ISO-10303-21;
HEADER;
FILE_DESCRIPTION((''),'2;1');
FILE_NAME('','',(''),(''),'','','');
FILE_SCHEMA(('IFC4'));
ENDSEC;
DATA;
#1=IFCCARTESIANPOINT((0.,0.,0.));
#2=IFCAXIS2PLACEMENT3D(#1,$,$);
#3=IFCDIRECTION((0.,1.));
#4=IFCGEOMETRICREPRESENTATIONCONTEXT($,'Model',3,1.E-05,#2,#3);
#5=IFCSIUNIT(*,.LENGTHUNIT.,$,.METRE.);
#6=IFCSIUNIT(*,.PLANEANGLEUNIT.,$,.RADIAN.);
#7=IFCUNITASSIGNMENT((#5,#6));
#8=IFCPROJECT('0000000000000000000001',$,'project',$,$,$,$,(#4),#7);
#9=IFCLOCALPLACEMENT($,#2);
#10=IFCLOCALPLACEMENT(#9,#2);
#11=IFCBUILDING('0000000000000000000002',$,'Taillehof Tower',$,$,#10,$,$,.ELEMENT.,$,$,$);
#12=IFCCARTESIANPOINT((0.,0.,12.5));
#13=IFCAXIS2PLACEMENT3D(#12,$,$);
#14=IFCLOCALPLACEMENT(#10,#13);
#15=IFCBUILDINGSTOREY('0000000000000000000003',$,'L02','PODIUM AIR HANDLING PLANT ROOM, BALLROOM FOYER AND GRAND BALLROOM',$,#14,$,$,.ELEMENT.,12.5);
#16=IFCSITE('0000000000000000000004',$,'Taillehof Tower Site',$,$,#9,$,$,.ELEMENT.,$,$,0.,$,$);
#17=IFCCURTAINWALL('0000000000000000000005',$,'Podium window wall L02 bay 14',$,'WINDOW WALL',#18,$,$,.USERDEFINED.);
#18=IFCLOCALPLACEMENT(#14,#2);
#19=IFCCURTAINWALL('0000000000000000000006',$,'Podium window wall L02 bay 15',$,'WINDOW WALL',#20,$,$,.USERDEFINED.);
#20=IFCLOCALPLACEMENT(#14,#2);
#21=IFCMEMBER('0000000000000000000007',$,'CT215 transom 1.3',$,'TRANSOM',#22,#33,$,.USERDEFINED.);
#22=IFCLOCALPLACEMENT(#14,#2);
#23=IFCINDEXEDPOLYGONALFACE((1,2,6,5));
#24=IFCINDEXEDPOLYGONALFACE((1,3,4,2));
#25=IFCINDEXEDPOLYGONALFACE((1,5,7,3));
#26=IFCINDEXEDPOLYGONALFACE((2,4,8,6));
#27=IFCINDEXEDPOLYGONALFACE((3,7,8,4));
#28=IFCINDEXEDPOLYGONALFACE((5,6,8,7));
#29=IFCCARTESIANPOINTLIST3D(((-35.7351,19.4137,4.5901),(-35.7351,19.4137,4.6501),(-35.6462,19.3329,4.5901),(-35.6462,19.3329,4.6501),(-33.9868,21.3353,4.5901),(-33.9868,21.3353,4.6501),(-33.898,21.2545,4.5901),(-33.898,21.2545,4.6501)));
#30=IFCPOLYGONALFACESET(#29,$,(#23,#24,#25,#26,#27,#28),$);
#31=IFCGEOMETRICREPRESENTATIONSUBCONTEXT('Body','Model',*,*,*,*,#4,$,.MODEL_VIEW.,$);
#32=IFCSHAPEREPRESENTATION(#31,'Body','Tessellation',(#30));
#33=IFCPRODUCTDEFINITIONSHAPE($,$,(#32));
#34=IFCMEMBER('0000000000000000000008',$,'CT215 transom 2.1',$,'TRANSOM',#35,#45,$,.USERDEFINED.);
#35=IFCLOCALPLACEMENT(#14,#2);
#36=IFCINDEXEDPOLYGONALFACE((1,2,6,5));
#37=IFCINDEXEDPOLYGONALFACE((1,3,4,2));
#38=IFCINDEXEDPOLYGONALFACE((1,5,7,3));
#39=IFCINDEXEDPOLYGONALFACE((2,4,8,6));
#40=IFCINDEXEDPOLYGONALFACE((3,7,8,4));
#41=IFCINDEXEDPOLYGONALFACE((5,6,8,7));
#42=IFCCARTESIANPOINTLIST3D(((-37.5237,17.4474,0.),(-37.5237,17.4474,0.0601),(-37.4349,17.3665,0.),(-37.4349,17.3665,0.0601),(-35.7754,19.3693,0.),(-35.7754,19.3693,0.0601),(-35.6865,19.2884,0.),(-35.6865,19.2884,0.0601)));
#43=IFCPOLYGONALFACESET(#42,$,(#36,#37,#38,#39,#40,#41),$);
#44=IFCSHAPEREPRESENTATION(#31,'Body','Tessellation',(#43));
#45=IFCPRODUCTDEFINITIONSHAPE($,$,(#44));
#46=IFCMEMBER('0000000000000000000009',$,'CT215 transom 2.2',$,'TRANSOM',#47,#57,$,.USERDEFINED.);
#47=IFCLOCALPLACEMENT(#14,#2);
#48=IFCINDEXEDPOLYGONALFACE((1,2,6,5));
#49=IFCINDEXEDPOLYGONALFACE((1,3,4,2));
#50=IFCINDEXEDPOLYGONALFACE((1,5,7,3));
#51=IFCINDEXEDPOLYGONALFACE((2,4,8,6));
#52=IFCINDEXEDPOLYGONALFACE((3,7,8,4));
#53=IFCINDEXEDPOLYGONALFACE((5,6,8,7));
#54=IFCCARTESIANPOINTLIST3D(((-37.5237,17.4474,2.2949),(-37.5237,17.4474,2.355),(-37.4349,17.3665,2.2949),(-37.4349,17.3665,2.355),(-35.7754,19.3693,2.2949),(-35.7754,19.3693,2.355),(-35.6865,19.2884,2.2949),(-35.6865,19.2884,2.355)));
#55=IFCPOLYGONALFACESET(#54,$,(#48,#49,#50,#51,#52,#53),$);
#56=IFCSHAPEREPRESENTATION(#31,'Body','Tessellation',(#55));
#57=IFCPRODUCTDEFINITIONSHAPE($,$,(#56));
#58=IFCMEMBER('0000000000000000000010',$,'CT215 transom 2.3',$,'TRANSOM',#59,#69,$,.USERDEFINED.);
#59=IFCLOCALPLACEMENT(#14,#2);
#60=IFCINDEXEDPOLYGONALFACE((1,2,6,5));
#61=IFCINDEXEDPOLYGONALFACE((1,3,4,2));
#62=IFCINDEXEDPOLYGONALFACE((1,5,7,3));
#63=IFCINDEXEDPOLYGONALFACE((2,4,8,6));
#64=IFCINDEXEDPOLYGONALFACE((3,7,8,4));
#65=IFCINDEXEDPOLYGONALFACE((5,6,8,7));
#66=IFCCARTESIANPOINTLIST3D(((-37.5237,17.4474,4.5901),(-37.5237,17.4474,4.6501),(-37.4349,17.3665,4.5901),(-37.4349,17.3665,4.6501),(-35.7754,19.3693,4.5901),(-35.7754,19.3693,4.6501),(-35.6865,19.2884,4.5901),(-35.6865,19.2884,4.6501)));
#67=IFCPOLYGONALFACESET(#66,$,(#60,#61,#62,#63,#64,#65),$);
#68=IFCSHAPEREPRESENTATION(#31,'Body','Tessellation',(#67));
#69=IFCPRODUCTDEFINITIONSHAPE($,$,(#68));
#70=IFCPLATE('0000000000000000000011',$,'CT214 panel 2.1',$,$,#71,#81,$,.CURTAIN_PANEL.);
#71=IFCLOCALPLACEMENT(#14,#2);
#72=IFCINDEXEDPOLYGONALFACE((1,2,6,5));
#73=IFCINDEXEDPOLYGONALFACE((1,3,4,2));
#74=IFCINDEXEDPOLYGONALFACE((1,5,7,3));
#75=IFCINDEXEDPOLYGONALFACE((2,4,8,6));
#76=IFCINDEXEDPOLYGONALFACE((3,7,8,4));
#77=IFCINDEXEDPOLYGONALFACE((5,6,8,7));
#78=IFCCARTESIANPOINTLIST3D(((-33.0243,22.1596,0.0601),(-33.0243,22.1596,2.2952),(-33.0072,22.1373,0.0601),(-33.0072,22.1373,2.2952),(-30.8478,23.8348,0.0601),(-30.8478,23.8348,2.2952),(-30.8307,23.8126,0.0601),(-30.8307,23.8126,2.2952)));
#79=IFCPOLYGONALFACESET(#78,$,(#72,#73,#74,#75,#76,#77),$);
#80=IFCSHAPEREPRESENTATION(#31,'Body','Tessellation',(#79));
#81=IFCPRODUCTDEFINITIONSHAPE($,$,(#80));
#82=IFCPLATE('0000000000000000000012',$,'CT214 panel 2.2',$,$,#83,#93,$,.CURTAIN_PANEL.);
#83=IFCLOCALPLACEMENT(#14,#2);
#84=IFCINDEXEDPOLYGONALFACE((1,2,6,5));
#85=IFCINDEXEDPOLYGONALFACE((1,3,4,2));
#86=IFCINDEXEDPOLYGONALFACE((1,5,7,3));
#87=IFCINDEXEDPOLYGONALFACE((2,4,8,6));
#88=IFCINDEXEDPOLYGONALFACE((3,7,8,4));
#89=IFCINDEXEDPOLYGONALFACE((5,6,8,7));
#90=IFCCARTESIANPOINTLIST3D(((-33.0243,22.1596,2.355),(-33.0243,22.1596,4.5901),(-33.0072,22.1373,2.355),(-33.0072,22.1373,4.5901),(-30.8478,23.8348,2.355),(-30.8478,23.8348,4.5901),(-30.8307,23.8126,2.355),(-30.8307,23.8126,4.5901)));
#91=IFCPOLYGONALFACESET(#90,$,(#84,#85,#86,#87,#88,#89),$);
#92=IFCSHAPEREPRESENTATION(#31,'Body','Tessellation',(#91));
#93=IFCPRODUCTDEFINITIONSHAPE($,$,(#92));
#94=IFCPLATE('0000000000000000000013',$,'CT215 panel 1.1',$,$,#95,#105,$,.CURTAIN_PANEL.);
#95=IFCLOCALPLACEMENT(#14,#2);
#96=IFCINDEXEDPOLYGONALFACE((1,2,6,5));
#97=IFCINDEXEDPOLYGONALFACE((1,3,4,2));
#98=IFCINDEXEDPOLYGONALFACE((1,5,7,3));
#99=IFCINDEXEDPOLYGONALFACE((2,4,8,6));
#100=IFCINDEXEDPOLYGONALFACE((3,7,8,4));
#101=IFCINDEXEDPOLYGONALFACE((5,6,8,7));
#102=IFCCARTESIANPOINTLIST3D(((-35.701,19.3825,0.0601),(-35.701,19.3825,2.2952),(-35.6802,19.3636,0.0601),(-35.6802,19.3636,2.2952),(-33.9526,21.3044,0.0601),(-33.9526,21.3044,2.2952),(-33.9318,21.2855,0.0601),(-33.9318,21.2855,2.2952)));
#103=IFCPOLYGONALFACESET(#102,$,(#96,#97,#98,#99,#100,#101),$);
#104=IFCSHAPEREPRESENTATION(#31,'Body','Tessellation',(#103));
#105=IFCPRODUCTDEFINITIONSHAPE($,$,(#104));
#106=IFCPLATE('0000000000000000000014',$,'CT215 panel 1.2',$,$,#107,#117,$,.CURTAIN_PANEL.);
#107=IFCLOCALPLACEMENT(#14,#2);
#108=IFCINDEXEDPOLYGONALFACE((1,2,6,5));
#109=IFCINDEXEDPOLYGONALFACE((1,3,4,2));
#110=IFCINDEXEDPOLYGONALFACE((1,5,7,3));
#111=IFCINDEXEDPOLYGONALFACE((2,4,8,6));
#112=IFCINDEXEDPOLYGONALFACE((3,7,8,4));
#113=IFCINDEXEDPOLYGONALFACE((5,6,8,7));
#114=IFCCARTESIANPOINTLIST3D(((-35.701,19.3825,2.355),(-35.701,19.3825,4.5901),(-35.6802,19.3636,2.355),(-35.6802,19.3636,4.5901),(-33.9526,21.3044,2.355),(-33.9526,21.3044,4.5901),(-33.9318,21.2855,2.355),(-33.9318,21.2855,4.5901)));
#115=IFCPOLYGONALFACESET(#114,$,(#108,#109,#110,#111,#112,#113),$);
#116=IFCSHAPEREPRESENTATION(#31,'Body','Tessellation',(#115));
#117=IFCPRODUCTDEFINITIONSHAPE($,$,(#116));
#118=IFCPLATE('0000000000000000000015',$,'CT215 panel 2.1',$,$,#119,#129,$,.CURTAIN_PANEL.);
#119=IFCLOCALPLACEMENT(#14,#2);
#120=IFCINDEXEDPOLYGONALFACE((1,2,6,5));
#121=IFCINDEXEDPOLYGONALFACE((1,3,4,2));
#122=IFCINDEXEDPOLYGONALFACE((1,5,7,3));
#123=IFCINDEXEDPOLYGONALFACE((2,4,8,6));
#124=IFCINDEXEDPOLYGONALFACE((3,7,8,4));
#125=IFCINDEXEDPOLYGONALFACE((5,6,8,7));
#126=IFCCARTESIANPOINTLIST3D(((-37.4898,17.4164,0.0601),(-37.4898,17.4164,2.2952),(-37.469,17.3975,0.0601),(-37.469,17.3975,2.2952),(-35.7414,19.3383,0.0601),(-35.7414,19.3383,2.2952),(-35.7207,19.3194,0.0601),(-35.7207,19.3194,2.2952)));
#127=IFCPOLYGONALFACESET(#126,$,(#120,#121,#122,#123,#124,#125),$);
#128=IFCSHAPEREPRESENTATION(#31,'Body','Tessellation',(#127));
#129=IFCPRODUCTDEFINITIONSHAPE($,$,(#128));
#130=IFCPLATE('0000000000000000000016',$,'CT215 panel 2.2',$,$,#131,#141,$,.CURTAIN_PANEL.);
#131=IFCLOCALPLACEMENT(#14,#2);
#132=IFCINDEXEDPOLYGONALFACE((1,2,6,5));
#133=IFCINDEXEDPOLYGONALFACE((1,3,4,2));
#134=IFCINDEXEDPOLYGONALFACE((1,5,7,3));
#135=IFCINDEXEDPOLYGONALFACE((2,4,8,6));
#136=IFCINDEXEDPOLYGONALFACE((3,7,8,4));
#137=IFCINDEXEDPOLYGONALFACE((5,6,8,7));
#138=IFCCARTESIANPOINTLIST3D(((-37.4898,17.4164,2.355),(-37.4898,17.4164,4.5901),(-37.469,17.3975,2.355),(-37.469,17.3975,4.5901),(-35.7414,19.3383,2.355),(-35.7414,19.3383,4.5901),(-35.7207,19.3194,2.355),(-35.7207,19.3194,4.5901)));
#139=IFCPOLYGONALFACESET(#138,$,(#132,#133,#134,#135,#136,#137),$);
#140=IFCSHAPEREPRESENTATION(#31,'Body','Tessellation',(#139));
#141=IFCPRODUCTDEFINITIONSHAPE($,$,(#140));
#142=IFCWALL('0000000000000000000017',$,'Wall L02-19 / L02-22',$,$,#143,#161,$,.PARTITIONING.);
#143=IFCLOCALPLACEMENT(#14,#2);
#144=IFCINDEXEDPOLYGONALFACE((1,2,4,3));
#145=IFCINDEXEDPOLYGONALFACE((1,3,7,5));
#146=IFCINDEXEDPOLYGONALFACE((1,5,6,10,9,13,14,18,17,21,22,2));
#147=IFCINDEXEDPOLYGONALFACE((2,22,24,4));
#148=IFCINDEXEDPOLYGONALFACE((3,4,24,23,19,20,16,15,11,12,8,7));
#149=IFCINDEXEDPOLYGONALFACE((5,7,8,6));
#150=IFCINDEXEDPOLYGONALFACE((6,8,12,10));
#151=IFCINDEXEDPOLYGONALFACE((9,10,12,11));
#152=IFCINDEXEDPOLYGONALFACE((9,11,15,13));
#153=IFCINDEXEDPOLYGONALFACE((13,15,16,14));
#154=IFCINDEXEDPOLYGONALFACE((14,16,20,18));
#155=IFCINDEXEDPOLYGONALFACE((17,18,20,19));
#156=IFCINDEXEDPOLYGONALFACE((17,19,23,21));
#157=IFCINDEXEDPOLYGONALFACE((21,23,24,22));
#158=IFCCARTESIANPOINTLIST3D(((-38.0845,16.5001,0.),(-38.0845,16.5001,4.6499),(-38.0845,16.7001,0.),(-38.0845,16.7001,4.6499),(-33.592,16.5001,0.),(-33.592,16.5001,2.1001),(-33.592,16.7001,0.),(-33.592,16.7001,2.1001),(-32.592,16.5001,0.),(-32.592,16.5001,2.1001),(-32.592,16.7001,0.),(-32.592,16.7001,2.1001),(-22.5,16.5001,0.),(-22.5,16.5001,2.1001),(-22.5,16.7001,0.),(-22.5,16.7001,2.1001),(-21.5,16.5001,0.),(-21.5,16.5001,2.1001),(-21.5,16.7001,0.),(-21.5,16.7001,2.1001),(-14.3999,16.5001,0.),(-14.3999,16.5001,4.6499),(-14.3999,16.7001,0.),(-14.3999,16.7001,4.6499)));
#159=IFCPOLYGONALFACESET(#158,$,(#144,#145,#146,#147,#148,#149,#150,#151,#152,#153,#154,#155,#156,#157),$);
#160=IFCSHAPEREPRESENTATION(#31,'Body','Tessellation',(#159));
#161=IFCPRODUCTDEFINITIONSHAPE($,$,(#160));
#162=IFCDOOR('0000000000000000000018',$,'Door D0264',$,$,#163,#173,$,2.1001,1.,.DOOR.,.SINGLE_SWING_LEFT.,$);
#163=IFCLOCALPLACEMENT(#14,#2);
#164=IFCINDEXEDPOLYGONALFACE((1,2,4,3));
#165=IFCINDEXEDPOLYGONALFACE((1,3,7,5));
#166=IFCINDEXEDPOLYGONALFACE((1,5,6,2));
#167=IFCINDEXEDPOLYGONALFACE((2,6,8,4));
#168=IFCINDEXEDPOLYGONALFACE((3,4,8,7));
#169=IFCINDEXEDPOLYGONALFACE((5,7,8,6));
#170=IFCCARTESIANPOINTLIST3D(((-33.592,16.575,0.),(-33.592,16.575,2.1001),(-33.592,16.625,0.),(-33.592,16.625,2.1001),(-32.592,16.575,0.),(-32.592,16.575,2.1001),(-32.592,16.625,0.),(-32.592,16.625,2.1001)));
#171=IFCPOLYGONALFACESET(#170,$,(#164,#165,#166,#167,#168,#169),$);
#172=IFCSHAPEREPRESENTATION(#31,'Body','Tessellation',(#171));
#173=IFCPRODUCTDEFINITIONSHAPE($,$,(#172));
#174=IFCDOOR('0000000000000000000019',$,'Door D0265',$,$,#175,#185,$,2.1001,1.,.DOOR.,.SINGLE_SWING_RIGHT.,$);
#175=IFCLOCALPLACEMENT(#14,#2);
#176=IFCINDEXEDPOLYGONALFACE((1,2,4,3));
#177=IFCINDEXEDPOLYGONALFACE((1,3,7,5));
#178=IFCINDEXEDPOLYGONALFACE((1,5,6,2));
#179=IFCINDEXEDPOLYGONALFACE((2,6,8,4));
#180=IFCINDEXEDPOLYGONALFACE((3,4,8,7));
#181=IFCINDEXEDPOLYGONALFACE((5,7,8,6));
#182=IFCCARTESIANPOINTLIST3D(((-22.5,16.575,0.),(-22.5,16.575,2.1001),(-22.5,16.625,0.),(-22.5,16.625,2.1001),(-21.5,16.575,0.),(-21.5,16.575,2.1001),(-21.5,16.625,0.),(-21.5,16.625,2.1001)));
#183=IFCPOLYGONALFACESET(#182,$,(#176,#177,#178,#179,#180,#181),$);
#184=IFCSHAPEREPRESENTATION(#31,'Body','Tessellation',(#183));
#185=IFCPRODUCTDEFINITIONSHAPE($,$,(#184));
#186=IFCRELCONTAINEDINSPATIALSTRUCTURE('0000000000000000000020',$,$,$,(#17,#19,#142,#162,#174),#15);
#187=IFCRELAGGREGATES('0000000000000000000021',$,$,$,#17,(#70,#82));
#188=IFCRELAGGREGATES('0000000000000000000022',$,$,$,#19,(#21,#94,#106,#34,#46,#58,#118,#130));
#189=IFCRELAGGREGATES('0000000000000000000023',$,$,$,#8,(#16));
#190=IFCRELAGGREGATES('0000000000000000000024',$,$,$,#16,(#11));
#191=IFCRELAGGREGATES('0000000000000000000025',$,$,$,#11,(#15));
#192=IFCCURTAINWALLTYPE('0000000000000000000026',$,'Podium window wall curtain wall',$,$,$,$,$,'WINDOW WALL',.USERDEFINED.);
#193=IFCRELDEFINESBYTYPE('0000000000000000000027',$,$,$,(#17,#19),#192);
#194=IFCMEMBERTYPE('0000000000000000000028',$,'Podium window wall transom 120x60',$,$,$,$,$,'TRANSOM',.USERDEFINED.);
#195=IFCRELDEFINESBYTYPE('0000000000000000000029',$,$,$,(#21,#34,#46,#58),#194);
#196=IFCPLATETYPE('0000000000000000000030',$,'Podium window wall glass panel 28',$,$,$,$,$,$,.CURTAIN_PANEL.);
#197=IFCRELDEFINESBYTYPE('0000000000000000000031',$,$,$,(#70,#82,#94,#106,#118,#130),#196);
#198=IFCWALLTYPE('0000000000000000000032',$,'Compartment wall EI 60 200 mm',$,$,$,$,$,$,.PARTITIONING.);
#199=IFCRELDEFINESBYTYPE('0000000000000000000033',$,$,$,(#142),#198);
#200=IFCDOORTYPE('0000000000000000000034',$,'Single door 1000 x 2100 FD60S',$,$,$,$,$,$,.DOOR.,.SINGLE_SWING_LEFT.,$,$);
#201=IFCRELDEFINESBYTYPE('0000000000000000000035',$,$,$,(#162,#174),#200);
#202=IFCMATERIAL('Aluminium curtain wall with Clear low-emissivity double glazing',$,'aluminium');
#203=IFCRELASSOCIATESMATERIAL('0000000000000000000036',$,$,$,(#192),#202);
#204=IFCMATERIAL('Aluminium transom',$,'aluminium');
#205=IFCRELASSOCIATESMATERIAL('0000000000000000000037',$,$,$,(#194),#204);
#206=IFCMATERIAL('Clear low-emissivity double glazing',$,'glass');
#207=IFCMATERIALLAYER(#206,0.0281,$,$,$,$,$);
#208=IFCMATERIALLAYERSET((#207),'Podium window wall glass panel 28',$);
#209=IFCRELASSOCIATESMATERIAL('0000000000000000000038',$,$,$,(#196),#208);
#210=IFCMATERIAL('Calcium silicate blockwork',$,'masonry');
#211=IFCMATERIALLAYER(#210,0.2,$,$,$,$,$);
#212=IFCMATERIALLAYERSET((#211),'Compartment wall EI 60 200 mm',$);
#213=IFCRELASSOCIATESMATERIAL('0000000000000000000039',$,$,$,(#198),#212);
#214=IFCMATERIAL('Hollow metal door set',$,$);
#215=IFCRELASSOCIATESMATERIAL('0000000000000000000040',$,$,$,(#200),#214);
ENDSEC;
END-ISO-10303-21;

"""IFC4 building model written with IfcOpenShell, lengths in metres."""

from ifc_helpers import new_model, si_unit, direction, frame, frame_2d, origin, origin_2d, place, context, subcontext, project, spatial, rectangle, extrude, material, layer, layer_set, material_profile, profile_set, type_object, element, fill, aggregate, save


model = new_model("IFC4")

# Units and contexts
model_context = context("Model", 3, precision=1e-05, world=origin(), true_north=direction((0.0, 1.0)))
body_context = subcontext(model_context, "Body", "Model", "MODEL_VIEW")
ifc_project = project(units=[si_unit("LENGTHUNIT", "METRE"), si_unit("PLANEANGLEUNIT", "RADIAN")], contexts=[model_context])

# Site, building, storey
site_placement = place(None, origin())
site = spatial("IfcSite", under=ifc_project, at=site_placement, Name="Taillehof Tower Site", CompositionType="ELEMENT", RefElevation=0.0)
building_placement = place(site_placement, origin())
building = spatial("IfcBuilding", under=site, at=building_placement, Name="Taillehof Tower", CompositionType="ELEMENT")
storey_placement = place(building_placement, frame((0.0, 0.0, 12.5)))
storey = spatial("IfcBuildingStorey", under=building, at=storey_placement, Name="L02", Description="PODIUM AIR HANDLING PLANT ROOM, BALLROOM FOYER AND GRAND BALLROOM", CompositionType="ELEMENT", Elevation=12.5)

# Curtain wall
ifc_material_1 = material(Name="Aluminium curtain wall with Clear low-emissivity double glazing", Category="aluminium")
curtain_wall_type = type_object("IfcCurtainWallType", Name="Podium window wall curtain wall", ElementType="WINDOW WALL", PredefinedType="USERDEFINED", material=ifc_material_1)
curtain_wall_1_placement = place(storey_placement, origin())
curtain_wall_1 = element("IfcCurtainWall", 1, at=curtain_wall_1_placement, inside=storey, type_object=curtain_wall_type, Name="Podium window wall L02 bay 14", ObjectType="WINDOW WALL", PredefinedType="USERDEFINED")

# Curtain wall
curtain_wall_2_placement = place(storey_placement, origin())
curtain_wall_2 = element("IfcCurtainWall", 2, at=curtain_wall_2_placement, inside=storey, type_object=curtain_wall_type, Name="Podium window wall L02 bay 15", ObjectType="WINDOW WALL", PredefinedType="USERDEFINED")

# Members
ifc_material_2 = material(Name="Aluminium transom", Category="aluminium")
ifc_material_profile_1 = material_profile(ifc_material_2, rectangle(XDim=0.1201, YDim=0.0601, at=origin_2d()), Name="AL 120x60")
ifc_profile_set_1 = profile_set([ifc_material_profile_1], Name="Aluminium transom")
member_type_1 = type_object("IfcMemberType", Name="Podium window wall transom 120x60", ElementType="TRANSOM", PredefinedType="USERDEFINED", material=ifc_profile_set_1)
member_1_placement = place(storey_placement, frame((-33.9424, 21.2949, 4.6201), z_axis=(-0.672958, -0.739681, 0.0), x_axis=(0.739681, -0.672958, 0.0)))
member_1 = element("IfcMember", 3, at=member_1_placement, type_object=member_type_1, Name="CT215 transom 1.3", ObjectType="TRANSOM", PredefinedType="USERDEFINED", context=body_context, shape_type="SweptSolid", body=[
    extrude(rectangle(XDim=0.1201, YDim=0.0601, at=origin_2d()), origin(), (0.0, 0.0, 1.0), 2.5979),
])
member_2_placement = place(storey_placement, frame((-35.731, 19.3289, 0.03), z_axis=(-0.672911, -0.739723, 0.0), x_axis=(0.739723, -0.672911, 0.0)))
member_2 = element("IfcMember", 4, at=member_2_placement, type_object=member_type_1, Name="CT215 transom 2.1", ObjectType="TRANSOM", PredefinedType="USERDEFINED", context=body_context, shape_type="SweptSolid", body=[
    extrude(rectangle(XDim=0.1201, YDim=0.0601, at=origin_2d()), origin(), (0.0, 0.0, 1.0), 2.5981),
])
member_3_placement = place(storey_placement, frame((-35.731, 19.3289, 2.325), z_axis=(-0.672911, -0.739723, 0.0), x_axis=(0.739723, -0.672911, 0.0)))
member_3 = element("IfcMember", 5, at=member_3_placement, type_object=member_type_1, Name="CT215 transom 2.2", ObjectType="TRANSOM", PredefinedType="USERDEFINED", context=body_context, shape_type="SweptSolid", body=[
    extrude(rectangle(XDim=0.1201, YDim=0.0601, at=origin_2d()), origin(), (0.0, 0.0, 1.0), 2.5981),
])
member_4_placement = place(storey_placement, frame((-35.731, 19.3289, 4.6201), z_axis=(-0.672911, -0.739723, 0.0), x_axis=(0.739723, -0.672911, 0.0)))
member_4 = element("IfcMember", 6, at=member_4_placement, type_object=member_type_1, Name="CT215 transom 2.3", ObjectType="TRANSOM", PredefinedType="USERDEFINED", context=body_context, shape_type="SweptSolid", body=[
    extrude(rectangle(XDim=0.1201, YDim=0.0601, at=origin_2d()), origin(), (0.0, 0.0, 1.0), 2.5981),
])

# Plates
ifc_material_3 = material(Name="Clear low-emissivity double glazing", Category="glass")
ifc_layer_1 = layer(ifc_material_3, 0.0281)
ifc_layer_set_1 = layer_set([ifc_layer_1], Name="Podium window wall glass panel 28")
plate_type = type_object("IfcPlateType", Name="Podium window wall glass panel 28", PredefinedType="CURTAIN_PANEL", material=ifc_layer_set_1)
plate_1_placement = place(storey_placement, frame((-31.9275, 22.9861, 0.0601), z_axis=(0.0, 0.0, 1.0), x_axis=(-0.792454, -0.609932, 0.0)))
plate_1 = element("IfcPlate", 7, at=plate_1_placement, type_object=plate_type, Name="CT214 panel 2.1", PredefinedType="CURTAIN_PANEL", context=body_context, shape_type="SweptSolid", body=[
    extrude(rectangle(XDim=2.7466, YDim=0.0281, at=origin_2d()), origin(), (0.0, 0.0, 1.0), 2.2351),
])
plate_2_placement = place(storey_placement, frame((-31.9275, 22.9861, 2.355), z_axis=(0.0, 0.0, 1.0), x_axis=(-0.792454, -0.609932, 0.0)))
plate_2 = element("IfcPlate", 8, at=plate_2_placement, type_object=plate_type, Name="CT214 panel 2.2", PredefinedType="CURTAIN_PANEL", context=body_context, shape_type="SweptSolid", body=[
    extrude(rectangle(XDim=2.7466, YDim=0.0281, at=origin_2d()), origin(), (0.0, 0.0, 1.0), 2.2351),
])
aggregate(curtain_wall_1, [plate_1, plate_2])
plate_3_placement = place(storey_placement, frame((-34.8164, 20.334, 0.0601), z_axis=(0.0, 0.0, 1.0), x_axis=(-0.672929, -0.739707, 0.0)))
plate_3 = element("IfcPlate", 9, at=plate_3_placement, type_object=plate_type, Name="CT215 panel 1.1", PredefinedType="CURTAIN_PANEL", context=body_context, shape_type="SweptSolid", body=[
    extrude(rectangle(XDim=2.5981, YDim=0.0281, at=origin_2d()), origin(), (0.0, 0.0, 1.0), 2.2351),
])
plate_4_placement = place(storey_placement, frame((-34.8164, 20.334, 2.355), z_axis=(0.0, 0.0, 1.0), x_axis=(-0.672929, -0.739707, 0.0)))
plate_4 = element("IfcPlate", 10, at=plate_4_placement, type_object=plate_type, Name="CT215 panel 1.2", PredefinedType="CURTAIN_PANEL", context=body_context, shape_type="SweptSolid", body=[
    extrude(rectangle(XDim=2.5981, YDim=0.0281, at=origin_2d()), origin(), (0.0, 0.0, 1.0), 2.2351),
])
plate_5_placement = place(storey_placement, frame((-36.6052, 18.3679, 0.0601), z_axis=(0.0, 0.0, 1.0), x_axis=(-0.672929, -0.739707, 0.0)))
plate_5 = element("IfcPlate", 11, at=plate_5_placement, type_object=plate_type, Name="CT215 panel 2.1", PredefinedType="CURTAIN_PANEL", context=body_context, shape_type="SweptSolid", body=[
    extrude(rectangle(XDim=2.5981, YDim=0.0281, at=origin_2d()), origin(), (0.0, 0.0, 1.0), 2.2351),
])
plate_6_placement = place(storey_placement, frame((-36.6052, 18.3679, 2.355), z_axis=(0.0, 0.0, 1.0), x_axis=(-0.672929, -0.739707, 0.0)))
plate_6 = element("IfcPlate", 12, at=plate_6_placement, type_object=plate_type, Name="CT215 panel 2.2", PredefinedType="CURTAIN_PANEL", context=body_context, shape_type="SweptSolid", body=[
    extrude(rectangle(XDim=2.5981, YDim=0.0281, at=origin_2d()), origin(), (0.0, 0.0, 1.0), 2.2351),
])
aggregate(curtain_wall_2, [member_1, plate_3, plate_4, member_2, member_3, member_4, plate_5, plate_6])

# Wall, openings, doors
ifc_material_4 = material(Name="Calcium silicate blockwork", Category="masonry")
ifc_layer_2 = layer(ifc_material_4, 0.2)
ifc_layer_set_2 = layer_set([ifc_layer_2], Name="Compartment wall EI 60 200 mm")
wall_type = type_object("IfcWallType", Name="Compartment wall EI 60 200 mm", PredefinedType="PARTITIONING", material=ifc_layer_set_2)
wall_1_placement = place(storey_placement, frame((-38.0845, 16.6001, 0.0), z_axis=(0.0, 0.0, 1.0), x_axis=(1.0, 0.0, 0.0)))
wall_1 = element("IfcWall", 13, at=wall_1_placement, inside=storey, type_object=wall_type, Name="Wall L02-19 / L02-22", PredefinedType="PARTITIONING", context=body_context, shape_type="SweptSolid", body=[
    extrude(rectangle(XDim=23.6846, YDim=0.2, at=frame_2d((11.8423, 0.0))), origin(), (0.0, 0.0, 1.0), 4.6499),
])
opening_1_placement = place(wall_1_placement, frame((4.4924, 0.0, 0.0)))
opening_1 = element("IfcOpeningElement", 14, at=opening_1_placement, cuts=wall_1, PredefinedType="OPENING", context=body_context, shape_type="SweptSolid", body=[
    extrude(rectangle(XDim=1.0, YDim=2.1001, at=frame_2d((0.5, 1.05))), frame((0.0, 0.1099, 0.0), z_axis=(0.0, -1.0, 0.0), x_axis=(1.0, 0.0, 0.0)), (0.0, 0.0, 1.0), 0.22),
])
opening_2_placement = place(wall_1_placement, frame((15.5845, 0.0, 0.0)))
opening_2 = element("IfcOpeningElement", 15, at=opening_2_placement, cuts=wall_1, PredefinedType="OPENING", context=body_context, shape_type="SweptSolid", body=[
    extrude(rectangle(XDim=1.0, YDim=2.1001, at=frame_2d((0.5, 1.05))), frame((0.0, 0.1099, 0.0), z_axis=(0.0, -1.0, 0.0), x_axis=(1.0, 0.0, 0.0)), (0.0, 0.0, 1.0), 0.22),
])
ifc_material_5 = material(Name="Hollow metal door set")
door_type = type_object("IfcDoorType", Name="Single door 1000 x 2100 FD60S", OperationType="SINGLE_SWING_LEFT", PredefinedType="DOOR", material=ifc_material_5)
door_1_placement = place(opening_1_placement, origin())
door_1 = element("IfcDoor", 16, at=door_1_placement, inside=storey, type_object=door_type, Name="Door D0264", OperationType="SINGLE_SWING_LEFT", OverallHeight=2.1001, OverallWidth=1.0, PredefinedType="DOOR", context=body_context, shape_type="SweptSolid", body=[
    extrude(rectangle(XDim=1.0, YDim=2.1001, at=frame_2d((0.5, 1.05))), frame((0.0, 0.0249, 0.0), z_axis=(0.0, -1.0, 0.0), x_axis=(1.0, 0.0, 0.0)), (0.0, 0.0, 1.0), 0.05),
])
fill(opening_1, door_1)
door_2_placement = place(opening_2_placement, origin())
door_2 = element("IfcDoor", 17, at=door_2_placement, inside=storey, type_object=door_type, Name="Door D0265", OperationType="SINGLE_SWING_RIGHT", OverallHeight=2.1001, OverallWidth=1.0, PredefinedType="DOOR", context=body_context, shape_type="SweptSolid", body=[
    extrude(rectangle(XDim=1.0, YDim=2.1001, at=frame_2d((0.5, 1.05))), frame((0.0, 0.0249, 0.0), z_axis=(0.0, -1.0, 0.0), x_axis=(1.0, 0.0, 0.0)), (0.0, 0.0, 1.0), 0.05),
])
fill(opening_2, door_2)

save(model, "model.ifc")
